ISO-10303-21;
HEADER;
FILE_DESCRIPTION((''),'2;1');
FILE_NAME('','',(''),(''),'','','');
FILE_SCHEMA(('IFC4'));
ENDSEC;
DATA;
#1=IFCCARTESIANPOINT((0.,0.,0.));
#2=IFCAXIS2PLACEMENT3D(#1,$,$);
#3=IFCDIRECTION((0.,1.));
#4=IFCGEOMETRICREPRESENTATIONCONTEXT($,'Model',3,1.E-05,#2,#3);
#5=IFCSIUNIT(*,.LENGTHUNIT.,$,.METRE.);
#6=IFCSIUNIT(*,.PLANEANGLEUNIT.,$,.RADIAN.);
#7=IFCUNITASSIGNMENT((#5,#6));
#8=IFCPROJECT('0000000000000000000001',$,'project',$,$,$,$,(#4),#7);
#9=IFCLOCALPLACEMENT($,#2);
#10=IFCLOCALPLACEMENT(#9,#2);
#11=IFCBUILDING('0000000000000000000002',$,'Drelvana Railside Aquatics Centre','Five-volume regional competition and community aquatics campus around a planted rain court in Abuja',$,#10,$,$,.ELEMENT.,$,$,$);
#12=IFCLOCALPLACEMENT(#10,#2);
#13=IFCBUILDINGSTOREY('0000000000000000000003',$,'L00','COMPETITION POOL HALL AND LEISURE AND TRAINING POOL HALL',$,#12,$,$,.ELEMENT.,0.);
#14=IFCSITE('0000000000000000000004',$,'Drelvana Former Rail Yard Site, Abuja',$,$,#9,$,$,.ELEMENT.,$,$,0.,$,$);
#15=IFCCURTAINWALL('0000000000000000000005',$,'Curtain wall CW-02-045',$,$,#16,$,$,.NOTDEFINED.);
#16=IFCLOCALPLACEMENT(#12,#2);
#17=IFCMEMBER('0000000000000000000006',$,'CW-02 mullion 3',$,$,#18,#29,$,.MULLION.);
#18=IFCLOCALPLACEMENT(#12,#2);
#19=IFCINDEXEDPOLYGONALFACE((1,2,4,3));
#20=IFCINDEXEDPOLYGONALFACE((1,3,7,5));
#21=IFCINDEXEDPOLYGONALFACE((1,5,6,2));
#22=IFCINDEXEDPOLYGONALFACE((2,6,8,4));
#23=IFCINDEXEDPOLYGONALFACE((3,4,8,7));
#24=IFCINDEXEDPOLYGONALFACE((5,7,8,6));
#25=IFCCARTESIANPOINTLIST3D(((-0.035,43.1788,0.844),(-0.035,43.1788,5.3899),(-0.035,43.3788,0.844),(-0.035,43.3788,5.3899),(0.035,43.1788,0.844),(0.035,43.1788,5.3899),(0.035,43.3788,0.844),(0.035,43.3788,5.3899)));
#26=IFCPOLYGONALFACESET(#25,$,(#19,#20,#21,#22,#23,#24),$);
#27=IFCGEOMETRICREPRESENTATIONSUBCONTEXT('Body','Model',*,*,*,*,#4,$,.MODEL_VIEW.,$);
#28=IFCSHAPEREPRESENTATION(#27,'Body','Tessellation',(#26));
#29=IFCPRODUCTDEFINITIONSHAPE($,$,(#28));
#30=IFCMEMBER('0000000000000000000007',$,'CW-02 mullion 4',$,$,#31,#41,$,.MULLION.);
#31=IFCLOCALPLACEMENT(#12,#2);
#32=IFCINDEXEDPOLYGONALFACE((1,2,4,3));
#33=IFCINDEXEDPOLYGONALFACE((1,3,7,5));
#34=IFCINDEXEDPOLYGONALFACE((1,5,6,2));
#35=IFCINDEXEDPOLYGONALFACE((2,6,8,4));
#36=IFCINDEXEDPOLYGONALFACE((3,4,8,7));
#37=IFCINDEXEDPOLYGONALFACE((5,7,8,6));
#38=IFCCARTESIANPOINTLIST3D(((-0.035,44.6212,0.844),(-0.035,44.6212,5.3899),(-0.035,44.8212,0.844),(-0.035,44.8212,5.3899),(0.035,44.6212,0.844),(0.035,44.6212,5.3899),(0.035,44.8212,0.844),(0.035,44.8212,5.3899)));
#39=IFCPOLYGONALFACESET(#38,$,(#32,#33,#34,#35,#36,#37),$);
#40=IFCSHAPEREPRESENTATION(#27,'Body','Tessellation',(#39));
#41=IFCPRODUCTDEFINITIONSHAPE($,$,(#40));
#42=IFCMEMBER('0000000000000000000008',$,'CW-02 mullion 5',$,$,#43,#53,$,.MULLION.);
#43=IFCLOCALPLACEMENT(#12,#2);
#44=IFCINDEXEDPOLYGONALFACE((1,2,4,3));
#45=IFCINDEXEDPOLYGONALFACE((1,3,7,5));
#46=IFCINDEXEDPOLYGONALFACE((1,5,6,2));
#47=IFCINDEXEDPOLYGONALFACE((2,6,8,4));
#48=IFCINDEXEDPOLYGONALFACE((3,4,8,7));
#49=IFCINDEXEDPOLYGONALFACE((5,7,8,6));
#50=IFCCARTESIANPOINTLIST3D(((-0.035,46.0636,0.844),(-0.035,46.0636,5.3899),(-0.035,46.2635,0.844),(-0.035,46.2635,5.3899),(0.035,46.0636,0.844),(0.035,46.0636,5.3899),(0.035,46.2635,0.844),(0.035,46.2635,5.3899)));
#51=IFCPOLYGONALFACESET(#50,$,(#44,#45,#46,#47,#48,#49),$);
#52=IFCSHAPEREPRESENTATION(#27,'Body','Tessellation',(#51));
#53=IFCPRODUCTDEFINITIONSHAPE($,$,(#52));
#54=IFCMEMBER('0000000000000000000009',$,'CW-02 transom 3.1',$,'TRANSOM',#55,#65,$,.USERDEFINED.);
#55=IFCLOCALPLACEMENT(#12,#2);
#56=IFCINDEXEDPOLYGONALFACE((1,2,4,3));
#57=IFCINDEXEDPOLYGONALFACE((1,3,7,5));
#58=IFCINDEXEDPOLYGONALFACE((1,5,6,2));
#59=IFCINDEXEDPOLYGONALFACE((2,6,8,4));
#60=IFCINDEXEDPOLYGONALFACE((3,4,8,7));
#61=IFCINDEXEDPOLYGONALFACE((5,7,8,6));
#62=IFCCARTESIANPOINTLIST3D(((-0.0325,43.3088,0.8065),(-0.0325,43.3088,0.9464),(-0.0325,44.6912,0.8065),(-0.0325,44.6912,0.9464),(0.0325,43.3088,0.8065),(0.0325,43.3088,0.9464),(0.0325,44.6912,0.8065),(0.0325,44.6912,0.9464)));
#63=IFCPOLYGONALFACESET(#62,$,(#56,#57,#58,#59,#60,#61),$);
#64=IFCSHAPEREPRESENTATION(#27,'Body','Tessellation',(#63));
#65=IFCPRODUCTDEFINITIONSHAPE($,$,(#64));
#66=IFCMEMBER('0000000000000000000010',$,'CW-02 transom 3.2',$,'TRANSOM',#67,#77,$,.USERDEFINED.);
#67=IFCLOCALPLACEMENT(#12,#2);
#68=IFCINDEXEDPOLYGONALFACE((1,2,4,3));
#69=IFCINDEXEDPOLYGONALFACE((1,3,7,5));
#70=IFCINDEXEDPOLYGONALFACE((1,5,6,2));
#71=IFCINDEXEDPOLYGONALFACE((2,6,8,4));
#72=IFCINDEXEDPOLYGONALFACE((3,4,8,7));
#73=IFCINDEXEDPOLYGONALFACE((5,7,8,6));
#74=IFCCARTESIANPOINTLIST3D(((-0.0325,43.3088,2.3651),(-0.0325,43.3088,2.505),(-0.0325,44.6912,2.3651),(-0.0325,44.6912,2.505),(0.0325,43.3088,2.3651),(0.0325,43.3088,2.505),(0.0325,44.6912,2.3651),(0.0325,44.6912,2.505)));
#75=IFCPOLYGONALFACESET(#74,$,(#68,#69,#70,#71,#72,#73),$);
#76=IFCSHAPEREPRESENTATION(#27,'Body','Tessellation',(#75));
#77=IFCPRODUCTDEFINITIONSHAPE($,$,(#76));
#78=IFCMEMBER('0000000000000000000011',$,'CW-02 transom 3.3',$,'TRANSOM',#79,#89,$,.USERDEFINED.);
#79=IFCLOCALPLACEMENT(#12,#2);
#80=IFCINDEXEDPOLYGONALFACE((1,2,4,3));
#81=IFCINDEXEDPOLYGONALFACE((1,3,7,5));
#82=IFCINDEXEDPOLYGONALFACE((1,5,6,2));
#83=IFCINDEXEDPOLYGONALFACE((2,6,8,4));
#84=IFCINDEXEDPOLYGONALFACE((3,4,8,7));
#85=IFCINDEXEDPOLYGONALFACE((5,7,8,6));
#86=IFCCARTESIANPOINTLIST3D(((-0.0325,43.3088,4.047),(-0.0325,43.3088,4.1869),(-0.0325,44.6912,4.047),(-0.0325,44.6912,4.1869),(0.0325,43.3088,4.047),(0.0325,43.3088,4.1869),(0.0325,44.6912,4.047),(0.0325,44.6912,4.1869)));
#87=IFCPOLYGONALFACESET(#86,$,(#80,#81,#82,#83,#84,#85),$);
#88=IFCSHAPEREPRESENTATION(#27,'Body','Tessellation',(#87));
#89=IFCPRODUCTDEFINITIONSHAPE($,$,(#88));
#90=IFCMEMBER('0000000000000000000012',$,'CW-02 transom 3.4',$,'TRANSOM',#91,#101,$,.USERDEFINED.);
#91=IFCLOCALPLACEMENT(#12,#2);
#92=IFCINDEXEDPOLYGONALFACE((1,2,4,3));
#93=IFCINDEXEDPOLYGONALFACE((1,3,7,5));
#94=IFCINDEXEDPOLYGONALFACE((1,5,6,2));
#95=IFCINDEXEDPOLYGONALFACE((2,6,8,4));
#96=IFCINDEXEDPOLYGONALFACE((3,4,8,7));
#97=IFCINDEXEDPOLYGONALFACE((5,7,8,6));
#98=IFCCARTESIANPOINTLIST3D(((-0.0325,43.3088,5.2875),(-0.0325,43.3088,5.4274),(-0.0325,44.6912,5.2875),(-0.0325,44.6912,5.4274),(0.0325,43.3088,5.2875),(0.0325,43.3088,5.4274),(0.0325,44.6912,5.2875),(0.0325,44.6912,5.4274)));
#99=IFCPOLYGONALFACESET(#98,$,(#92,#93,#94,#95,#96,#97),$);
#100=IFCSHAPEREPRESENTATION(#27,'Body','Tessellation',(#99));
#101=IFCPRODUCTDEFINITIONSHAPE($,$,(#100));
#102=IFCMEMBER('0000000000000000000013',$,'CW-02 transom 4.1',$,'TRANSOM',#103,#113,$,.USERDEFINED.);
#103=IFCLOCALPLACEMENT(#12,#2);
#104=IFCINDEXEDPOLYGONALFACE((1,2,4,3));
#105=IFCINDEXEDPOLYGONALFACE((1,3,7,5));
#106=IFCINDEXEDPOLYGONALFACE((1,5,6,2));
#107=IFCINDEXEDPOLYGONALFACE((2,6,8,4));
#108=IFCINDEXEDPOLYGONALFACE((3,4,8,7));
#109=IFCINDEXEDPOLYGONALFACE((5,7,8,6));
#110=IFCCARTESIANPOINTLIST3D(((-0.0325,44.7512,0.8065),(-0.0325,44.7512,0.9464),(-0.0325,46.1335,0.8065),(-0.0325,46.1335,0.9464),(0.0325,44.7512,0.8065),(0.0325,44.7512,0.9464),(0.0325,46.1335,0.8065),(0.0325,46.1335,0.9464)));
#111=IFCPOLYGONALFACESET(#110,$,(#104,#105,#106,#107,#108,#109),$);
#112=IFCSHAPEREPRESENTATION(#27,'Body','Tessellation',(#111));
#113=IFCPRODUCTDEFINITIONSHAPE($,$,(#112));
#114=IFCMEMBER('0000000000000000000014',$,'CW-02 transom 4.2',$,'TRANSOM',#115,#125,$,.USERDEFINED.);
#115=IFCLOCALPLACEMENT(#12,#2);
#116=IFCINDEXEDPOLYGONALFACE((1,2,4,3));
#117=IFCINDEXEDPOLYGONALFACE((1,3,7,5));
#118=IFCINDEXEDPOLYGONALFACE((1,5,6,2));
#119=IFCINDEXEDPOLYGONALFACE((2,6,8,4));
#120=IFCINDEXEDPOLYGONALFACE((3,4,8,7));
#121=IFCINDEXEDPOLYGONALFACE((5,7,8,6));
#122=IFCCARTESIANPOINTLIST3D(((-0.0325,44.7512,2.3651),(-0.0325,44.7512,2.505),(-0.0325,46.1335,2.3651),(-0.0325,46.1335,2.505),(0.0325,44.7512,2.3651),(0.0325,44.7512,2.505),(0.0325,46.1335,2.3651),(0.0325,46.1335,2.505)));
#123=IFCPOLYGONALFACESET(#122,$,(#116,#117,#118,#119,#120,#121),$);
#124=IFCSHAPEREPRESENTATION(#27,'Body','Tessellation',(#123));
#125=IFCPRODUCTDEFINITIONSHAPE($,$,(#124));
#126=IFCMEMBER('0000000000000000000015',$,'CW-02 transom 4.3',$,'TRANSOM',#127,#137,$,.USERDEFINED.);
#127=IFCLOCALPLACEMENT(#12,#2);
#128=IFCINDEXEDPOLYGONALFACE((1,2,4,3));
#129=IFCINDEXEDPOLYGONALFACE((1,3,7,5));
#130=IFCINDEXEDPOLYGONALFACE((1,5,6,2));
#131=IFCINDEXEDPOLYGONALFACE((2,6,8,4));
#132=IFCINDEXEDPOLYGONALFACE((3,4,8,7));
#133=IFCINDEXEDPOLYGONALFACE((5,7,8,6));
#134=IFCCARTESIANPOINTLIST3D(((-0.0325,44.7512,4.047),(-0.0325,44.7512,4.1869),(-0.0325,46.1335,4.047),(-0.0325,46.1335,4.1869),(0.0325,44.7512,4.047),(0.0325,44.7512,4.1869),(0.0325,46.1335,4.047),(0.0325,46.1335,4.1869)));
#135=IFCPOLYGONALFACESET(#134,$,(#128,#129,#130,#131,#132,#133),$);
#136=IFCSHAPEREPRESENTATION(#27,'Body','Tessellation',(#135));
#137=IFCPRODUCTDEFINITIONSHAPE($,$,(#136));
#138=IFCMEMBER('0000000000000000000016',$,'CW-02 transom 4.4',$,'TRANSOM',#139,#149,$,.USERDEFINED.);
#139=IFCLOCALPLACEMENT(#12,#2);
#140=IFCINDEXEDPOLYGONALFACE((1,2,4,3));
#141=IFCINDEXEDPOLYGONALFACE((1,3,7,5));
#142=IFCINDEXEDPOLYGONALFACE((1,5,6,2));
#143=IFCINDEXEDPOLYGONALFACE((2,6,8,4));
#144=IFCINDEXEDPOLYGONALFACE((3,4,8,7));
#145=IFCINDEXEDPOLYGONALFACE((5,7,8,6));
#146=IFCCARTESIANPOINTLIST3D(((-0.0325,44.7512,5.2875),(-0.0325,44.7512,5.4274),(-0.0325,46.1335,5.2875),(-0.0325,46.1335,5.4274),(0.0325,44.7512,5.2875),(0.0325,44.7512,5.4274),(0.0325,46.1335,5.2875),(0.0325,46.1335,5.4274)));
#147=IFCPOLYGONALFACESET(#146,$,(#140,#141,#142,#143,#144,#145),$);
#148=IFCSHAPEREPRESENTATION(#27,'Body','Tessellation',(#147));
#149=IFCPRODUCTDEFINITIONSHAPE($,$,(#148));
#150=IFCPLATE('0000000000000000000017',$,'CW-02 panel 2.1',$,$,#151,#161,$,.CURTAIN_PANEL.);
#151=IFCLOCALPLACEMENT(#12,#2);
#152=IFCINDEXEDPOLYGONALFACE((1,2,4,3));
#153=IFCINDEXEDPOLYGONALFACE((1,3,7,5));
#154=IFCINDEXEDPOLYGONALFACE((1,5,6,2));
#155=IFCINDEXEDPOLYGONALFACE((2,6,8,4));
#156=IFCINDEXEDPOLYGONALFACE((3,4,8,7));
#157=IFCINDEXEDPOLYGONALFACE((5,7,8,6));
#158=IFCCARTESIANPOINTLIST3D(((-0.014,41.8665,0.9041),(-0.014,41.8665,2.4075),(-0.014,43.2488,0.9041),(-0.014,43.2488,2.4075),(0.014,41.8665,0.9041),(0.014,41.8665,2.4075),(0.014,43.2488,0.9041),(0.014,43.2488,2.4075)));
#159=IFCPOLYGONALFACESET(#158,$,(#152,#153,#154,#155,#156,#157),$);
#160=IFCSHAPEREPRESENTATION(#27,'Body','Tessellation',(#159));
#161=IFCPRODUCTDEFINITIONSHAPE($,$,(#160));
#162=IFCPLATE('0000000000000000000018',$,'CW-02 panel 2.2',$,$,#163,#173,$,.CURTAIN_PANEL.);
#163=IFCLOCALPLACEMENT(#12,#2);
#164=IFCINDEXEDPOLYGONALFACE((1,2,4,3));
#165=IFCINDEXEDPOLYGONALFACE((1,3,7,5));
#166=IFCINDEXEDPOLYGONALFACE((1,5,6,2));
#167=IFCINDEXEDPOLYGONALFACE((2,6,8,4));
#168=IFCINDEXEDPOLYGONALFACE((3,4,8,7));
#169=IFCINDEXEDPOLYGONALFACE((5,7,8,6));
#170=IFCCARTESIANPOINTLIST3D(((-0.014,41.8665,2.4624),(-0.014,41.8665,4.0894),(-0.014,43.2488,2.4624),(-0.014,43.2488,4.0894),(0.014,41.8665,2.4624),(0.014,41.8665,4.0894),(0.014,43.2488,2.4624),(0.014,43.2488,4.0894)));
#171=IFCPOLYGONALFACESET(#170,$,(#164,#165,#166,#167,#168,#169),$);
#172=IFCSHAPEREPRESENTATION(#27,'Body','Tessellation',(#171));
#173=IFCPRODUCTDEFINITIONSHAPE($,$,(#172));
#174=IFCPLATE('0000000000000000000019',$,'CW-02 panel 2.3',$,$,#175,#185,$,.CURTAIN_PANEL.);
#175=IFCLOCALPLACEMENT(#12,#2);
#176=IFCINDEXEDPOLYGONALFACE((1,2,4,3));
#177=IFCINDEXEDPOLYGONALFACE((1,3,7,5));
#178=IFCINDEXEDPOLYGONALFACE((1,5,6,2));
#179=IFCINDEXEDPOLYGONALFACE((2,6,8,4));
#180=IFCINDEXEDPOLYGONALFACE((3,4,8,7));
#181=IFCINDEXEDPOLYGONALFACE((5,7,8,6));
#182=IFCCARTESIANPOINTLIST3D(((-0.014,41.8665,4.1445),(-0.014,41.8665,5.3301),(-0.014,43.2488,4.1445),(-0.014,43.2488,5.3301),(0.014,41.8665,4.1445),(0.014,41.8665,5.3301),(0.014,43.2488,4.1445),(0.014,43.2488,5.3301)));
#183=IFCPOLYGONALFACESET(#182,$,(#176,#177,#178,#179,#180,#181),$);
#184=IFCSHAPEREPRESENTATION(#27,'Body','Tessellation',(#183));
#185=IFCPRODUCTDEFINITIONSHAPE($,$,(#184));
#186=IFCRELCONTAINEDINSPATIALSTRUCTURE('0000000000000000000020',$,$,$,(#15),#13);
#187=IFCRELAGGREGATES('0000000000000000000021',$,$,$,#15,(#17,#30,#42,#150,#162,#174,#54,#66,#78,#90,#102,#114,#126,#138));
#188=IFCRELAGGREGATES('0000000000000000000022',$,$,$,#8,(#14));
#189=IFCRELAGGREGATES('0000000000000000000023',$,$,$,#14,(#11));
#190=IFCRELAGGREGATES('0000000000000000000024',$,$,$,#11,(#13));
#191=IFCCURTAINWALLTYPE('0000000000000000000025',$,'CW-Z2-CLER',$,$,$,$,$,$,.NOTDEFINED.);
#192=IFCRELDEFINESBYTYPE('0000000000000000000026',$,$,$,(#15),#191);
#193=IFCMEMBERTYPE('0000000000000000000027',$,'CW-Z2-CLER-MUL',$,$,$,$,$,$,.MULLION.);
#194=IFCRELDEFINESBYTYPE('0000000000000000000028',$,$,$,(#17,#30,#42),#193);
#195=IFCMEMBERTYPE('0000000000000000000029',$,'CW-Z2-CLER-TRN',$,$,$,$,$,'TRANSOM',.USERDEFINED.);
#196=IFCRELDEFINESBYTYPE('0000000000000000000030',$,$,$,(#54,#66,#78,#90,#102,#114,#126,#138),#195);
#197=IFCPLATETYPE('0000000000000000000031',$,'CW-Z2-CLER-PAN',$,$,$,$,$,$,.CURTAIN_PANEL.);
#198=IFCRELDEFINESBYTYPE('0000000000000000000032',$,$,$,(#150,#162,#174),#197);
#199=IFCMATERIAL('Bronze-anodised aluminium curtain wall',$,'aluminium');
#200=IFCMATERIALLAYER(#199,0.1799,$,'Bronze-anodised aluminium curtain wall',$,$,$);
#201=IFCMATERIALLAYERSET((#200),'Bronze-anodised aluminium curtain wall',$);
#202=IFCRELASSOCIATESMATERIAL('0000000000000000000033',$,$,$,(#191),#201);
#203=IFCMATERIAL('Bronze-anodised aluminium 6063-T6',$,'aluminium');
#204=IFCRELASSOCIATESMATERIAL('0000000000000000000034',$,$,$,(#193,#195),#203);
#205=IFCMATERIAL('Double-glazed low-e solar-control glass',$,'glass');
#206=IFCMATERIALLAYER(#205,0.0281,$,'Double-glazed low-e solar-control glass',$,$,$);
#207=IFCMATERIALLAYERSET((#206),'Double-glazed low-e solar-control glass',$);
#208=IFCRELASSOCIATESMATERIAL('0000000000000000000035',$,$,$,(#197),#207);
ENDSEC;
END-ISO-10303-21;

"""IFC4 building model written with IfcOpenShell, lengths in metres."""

from ifc_helpers import new_model, si_unit, direction, frame, origin, origin_2d, place, context, subcontext, project, spatial, rectangle, extrude, material, layer, layer_set, material_profile, profile_set, type_object, element, aggregate, save


model = new_model("IFC4")

# Units and contexts
model_context = context("Model", 3, precision=1e-05, world=origin(), true_north=direction((0.0, 1.0)))
body_context = subcontext(model_context, "Body", "Model", "MODEL_VIEW")
ifc_project = project(units=[si_unit("LENGTHUNIT", "METRE"), si_unit("PLANEANGLEUNIT", "RADIAN")], contexts=[model_context])

# Site, building, storey
site_placement = place(None, origin())
site = spatial("IfcSite", under=ifc_project, at=site_placement, Name="Drelvana Former Rail Yard Site, Abuja", CompositionType="ELEMENT", RefElevation=0.0)
building_placement = place(site_placement, origin())
building = spatial("IfcBuilding", under=site, at=building_placement, Name="Drelvana Railside Aquatics Centre", Description="Five-volume regional competition and community aquatics campus around a planted rain court in Abuja", CompositionType="ELEMENT")
storey_placement = place(building_placement, origin())
storey = spatial("IfcBuildingStorey", under=building, at=storey_placement, Name="L00", Description="COMPETITION POOL HALL AND LEISURE AND TRAINING POOL HALL", CompositionType="ELEMENT", Elevation=0.0)

# Curtain wall, members, plates
ifc_material_1 = material(Name="Bronze-anodised aluminium curtain wall", Category="aluminium")
ifc_layer_1 = layer(ifc_material_1, 0.1799, Name="Bronze-anodised aluminium curtain wall")
ifc_layer_set_1 = layer_set([ifc_layer_1], Name="Bronze-anodised aluminium curtain wall")
curtain_wall_type = type_object("IfcCurtainWallType", Name="CW-Z2-CLER", PredefinedType="NOTDEFINED", material=ifc_layer_set_1)
curtain_wall_placement = place(storey_placement, origin())
curtain_wall = element("IfcCurtainWall", 1, at=curtain_wall_placement, inside=storey, type_object=curtain_wall_type, Name="Curtain wall CW-02-045", PredefinedType="NOTDEFINED")
ifc_material_2 = material(Name="Bronze-anodised aluminium 6063-T6", Category="aluminium")
ifc_material_profile_1 = material_profile(ifc_material_2, rectangle(XDim=0.0701, YDim=0.2, at=origin_2d()), Name="ALU-M 70x200")
ifc_profile_set_1 = profile_set([ifc_material_profile_1], Name="Bronze-anodised aluminium 6063-T6")
member_type_1 = type_object("IfcMemberType", Name="CW-Z2-CLER-MUL", PredefinedType="MULLION", material=ifc_profile_set_1)
member_1_placement = place(storey_placement, frame((0.0, 43.2788, 0.844), z_axis=(0.0, 0.0, 1.0), x_axis=(-1.0, 0.0, 0.0)))
member_1 = element("IfcMember", 2, at=member_1_placement, type_object=member_type_1, Name="CW-02 mullion 3", PredefinedType="MULLION", context=body_context, shape_type="SweptSolid", body=[
    extrude(rectangle(XDim=0.0701, YDim=0.2, at=origin_2d()), origin(), (0.0, 0.0, 1.0), 4.5459),
])
member_2_placement = place(storey_placement, frame((0.0, 44.7212, 0.844), z_axis=(0.0, 0.0, 1.0), x_axis=(-1.0, 0.0, 0.0)))
member_2 = element("IfcMember", 3, at=member_2_placement, type_object=member_type_1, Name="CW-02 mullion 4", PredefinedType="MULLION", context=body_context, shape_type="SweptSolid", body=[
    extrude(rectangle(XDim=0.0701, YDim=0.2, at=origin_2d()), origin(), (0.0, 0.0, 1.0), 4.5459),
])
member_3_placement = place(storey_placement, frame((0.0, 46.1636, 0.844), z_axis=(0.0, 0.0, 1.0), x_axis=(-1.0, 0.0, 0.0)))
member_3 = element("IfcMember", 4, at=member_3_placement, type_object=member_type_1, Name="CW-02 mullion 5", PredefinedType="MULLION", context=body_context, shape_type="SweptSolid", body=[
    extrude(rectangle(XDim=0.0701, YDim=0.2, at=origin_2d()), origin(), (0.0, 0.0, 1.0), 4.5459),
])
ifc_material_profile_2 = material_profile(ifc_material_2, rectangle(XDim=0.1399, YDim=0.0649, at=origin_2d()), Name="ALU-T 65x140")
ifc_profile_set_2 = profile_set([ifc_material_profile_2], Name="Bronze-anodised aluminium 6063-T6")
member_type_2 = type_object("IfcMemberType", Name="CW-Z2-CLER-TRN", ElementType="TRANSOM", PredefinedType="USERDEFINED", material=ifc_profile_set_2)
member_4_placement = place(storey_placement, frame((0.0, 43.3088, 0.8765), z_axis=(0.0, 1.0, 0.0), x_axis=(0.0, 0.0, 1.0)))
member_4 = element("IfcMember", 5, at=member_4_placement, type_object=member_type_2, Name="CW-02 transom 3.1", ObjectType="TRANSOM", PredefinedType="USERDEFINED", context=body_context, shape_type="SweptSolid", body=[
    extrude(rectangle(XDim=0.1399, YDim=0.0649, at=origin_2d()), origin(), (0.0, 0.0, 1.0), 1.3823),
])
member_5_placement = place(storey_placement, frame((0.0, 43.3088, 2.4351), z_axis=(0.0, 1.0, 0.0), x_axis=(0.0, 0.0, 1.0)))
member_5 = element("IfcMember", 6, at=member_5_placement, type_object=member_type_2, Name="CW-02 transom 3.2", ObjectType="TRANSOM", PredefinedType="USERDEFINED", context=body_context, shape_type="SweptSolid", body=[
    extrude(rectangle(XDim=0.1399, YDim=0.0649, at=origin_2d()), origin(), (0.0, 0.0, 1.0), 1.3823),
])
member_6_placement = place(storey_placement, frame((0.0, 43.3088, 4.1169), z_axis=(0.0, 1.0, 0.0), x_axis=(0.0, 0.0, 1.0)))
member_6 = element("IfcMember", 7, at=member_6_placement, type_object=member_type_2, Name="CW-02 transom 3.3", ObjectType="TRANSOM", PredefinedType="USERDEFINED", context=body_context, shape_type="SweptSolid", body=[
    extrude(rectangle(XDim=0.1399, YDim=0.0649, at=origin_2d()), origin(), (0.0, 0.0, 1.0), 1.3823),
])
member_7_placement = place(storey_placement, frame((0.0, 43.3088, 5.3574), z_axis=(0.0, 1.0, 0.0), x_axis=(0.0, 0.0, 1.0)))
member_7 = element("IfcMember", 8, at=member_7_placement, type_object=member_type_2, Name="CW-02 transom 3.4", ObjectType="TRANSOM", PredefinedType="USERDEFINED", context=body_context, shape_type="SweptSolid", body=[
    extrude(rectangle(XDim=0.1399, YDim=0.0649, at=origin_2d()), origin(), (0.0, 0.0, 1.0), 1.3823),
])
member_8_placement = place(storey_placement, frame((0.0, 44.7512, 0.8765), z_axis=(0.0, 1.0, 0.0), x_axis=(0.0, 0.0, 1.0)))
member_8 = element("IfcMember", 9, at=member_8_placement, type_object=member_type_2, Name="CW-02 transom 4.1", ObjectType="TRANSOM", PredefinedType="USERDEFINED", context=body_context, shape_type="SweptSolid", body=[
    extrude(rectangle(XDim=0.1399, YDim=0.0649, at=origin_2d()), origin(), (0.0, 0.0, 1.0), 1.3823),
])
member_9_placement = place(storey_placement, frame((0.0, 44.7512, 2.4351), z_axis=(0.0, 1.0, 0.0), x_axis=(0.0, 0.0, 1.0)))
member_9 = element("IfcMember", 10, at=member_9_placement, type_object=member_type_2, Name="CW-02 transom 4.2", ObjectType="TRANSOM", PredefinedType="USERDEFINED", context=body_context, shape_type="SweptSolid", body=[
    extrude(rectangle(XDim=0.1399, YDim=0.0649, at=origin_2d()), origin(), (0.0, 0.0, 1.0), 1.3823),
])
member_10_placement = place(storey_placement, frame((0.0, 44.7512, 4.1169), z_axis=(0.0, 1.0, 0.0), x_axis=(0.0, 0.0, 1.0)))
member_10 = element("IfcMember", 11, at=member_10_placement, type_object=member_type_2, Name="CW-02 transom 4.3", ObjectType="TRANSOM", PredefinedType="USERDEFINED", context=body_context, shape_type="SweptSolid", body=[
    extrude(rectangle(XDim=0.1399, YDim=0.0649, at=origin_2d()), origin(), (0.0, 0.0, 1.0), 1.3823),
])
member_11_placement = place(storey_placement, frame((0.0, 44.7512, 5.3574), z_axis=(0.0, 1.0, 0.0), x_axis=(0.0, 0.0, 1.0)))
member_11 = element("IfcMember", 12, at=member_11_placement, type_object=member_type_2, Name="CW-02 transom 4.4", ObjectType="TRANSOM", PredefinedType="USERDEFINED", context=body_context, shape_type="SweptSolid", body=[
    extrude(rectangle(XDim=0.1399, YDim=0.0649, at=origin_2d()), origin(), (0.0, 0.0, 1.0), 1.3823),
])
ifc_material_3 = material(Name="Double-glazed low-e solar-control glass", Category="glass")
ifc_layer_2 = layer(ifc_material_3, 0.0281, Name="Double-glazed low-e solar-control glass")
ifc_layer_set_2 = layer_set([ifc_layer_2], Name="Double-glazed low-e solar-control glass")
plate_type = type_object("IfcPlateType", Name="CW-Z2-CLER-PAN", PredefinedType="CURTAIN_PANEL", material=ifc_layer_set_2)
plate_1_placement = place(storey_placement, frame((0.0, 42.5576, 0.9041), z_axis=(0.0, 0.0, 1.0), x_axis=(0.0, 1.0, 0.0)))
plate_1 = element("IfcPlate", 13, at=plate_1_placement, type_object=plate_type, Name="CW-02 panel 2.1", PredefinedType="CURTAIN_PANEL", context=body_context, shape_type="SweptSolid", body=[
    extrude(rectangle(XDim=1.3823, YDim=0.0281, at=origin_2d()), origin(), (0.0, 0.0, 1.0), 1.5034),
])
plate_2_placement = place(storey_placement, frame((0.0, 42.5576, 2.4624), z_axis=(0.0, 0.0, 1.0), x_axis=(0.0, 1.0, 0.0)))
plate_2 = element("IfcPlate", 14, at=plate_2_placement, type_object=plate_type, Name="CW-02 panel 2.2", PredefinedType="CURTAIN_PANEL", context=body_context, shape_type="SweptSolid", body=[
    extrude(rectangle(XDim=1.3823, YDim=0.0281, at=origin_2d()), origin(), (0.0, 0.0, 1.0), 1.627),
])
plate_3_placement = place(storey_placement, frame((0.0, 42.5576, 4.1445), z_axis=(0.0, 0.0, 1.0), x_axis=(0.0, 1.0, 0.0)))
plate_3 = element("IfcPlate", 15, at=plate_3_placement, type_object=plate_type, Name="CW-02 panel 2.3", PredefinedType="CURTAIN_PANEL", context=body_context, shape_type="SweptSolid", body=[
    extrude(rectangle(XDim=1.3823, YDim=0.0281, at=origin_2d()), origin(), (0.0, 0.0, 1.0), 1.1855),
])
aggregate(curtain_wall, [member_1, member_2, member_3, plate_1, plate_2, plate_3, member_4, member_5, member_6, member_7, member_8, member_9, member_10, member_11])

save(model, "model.ifc")
